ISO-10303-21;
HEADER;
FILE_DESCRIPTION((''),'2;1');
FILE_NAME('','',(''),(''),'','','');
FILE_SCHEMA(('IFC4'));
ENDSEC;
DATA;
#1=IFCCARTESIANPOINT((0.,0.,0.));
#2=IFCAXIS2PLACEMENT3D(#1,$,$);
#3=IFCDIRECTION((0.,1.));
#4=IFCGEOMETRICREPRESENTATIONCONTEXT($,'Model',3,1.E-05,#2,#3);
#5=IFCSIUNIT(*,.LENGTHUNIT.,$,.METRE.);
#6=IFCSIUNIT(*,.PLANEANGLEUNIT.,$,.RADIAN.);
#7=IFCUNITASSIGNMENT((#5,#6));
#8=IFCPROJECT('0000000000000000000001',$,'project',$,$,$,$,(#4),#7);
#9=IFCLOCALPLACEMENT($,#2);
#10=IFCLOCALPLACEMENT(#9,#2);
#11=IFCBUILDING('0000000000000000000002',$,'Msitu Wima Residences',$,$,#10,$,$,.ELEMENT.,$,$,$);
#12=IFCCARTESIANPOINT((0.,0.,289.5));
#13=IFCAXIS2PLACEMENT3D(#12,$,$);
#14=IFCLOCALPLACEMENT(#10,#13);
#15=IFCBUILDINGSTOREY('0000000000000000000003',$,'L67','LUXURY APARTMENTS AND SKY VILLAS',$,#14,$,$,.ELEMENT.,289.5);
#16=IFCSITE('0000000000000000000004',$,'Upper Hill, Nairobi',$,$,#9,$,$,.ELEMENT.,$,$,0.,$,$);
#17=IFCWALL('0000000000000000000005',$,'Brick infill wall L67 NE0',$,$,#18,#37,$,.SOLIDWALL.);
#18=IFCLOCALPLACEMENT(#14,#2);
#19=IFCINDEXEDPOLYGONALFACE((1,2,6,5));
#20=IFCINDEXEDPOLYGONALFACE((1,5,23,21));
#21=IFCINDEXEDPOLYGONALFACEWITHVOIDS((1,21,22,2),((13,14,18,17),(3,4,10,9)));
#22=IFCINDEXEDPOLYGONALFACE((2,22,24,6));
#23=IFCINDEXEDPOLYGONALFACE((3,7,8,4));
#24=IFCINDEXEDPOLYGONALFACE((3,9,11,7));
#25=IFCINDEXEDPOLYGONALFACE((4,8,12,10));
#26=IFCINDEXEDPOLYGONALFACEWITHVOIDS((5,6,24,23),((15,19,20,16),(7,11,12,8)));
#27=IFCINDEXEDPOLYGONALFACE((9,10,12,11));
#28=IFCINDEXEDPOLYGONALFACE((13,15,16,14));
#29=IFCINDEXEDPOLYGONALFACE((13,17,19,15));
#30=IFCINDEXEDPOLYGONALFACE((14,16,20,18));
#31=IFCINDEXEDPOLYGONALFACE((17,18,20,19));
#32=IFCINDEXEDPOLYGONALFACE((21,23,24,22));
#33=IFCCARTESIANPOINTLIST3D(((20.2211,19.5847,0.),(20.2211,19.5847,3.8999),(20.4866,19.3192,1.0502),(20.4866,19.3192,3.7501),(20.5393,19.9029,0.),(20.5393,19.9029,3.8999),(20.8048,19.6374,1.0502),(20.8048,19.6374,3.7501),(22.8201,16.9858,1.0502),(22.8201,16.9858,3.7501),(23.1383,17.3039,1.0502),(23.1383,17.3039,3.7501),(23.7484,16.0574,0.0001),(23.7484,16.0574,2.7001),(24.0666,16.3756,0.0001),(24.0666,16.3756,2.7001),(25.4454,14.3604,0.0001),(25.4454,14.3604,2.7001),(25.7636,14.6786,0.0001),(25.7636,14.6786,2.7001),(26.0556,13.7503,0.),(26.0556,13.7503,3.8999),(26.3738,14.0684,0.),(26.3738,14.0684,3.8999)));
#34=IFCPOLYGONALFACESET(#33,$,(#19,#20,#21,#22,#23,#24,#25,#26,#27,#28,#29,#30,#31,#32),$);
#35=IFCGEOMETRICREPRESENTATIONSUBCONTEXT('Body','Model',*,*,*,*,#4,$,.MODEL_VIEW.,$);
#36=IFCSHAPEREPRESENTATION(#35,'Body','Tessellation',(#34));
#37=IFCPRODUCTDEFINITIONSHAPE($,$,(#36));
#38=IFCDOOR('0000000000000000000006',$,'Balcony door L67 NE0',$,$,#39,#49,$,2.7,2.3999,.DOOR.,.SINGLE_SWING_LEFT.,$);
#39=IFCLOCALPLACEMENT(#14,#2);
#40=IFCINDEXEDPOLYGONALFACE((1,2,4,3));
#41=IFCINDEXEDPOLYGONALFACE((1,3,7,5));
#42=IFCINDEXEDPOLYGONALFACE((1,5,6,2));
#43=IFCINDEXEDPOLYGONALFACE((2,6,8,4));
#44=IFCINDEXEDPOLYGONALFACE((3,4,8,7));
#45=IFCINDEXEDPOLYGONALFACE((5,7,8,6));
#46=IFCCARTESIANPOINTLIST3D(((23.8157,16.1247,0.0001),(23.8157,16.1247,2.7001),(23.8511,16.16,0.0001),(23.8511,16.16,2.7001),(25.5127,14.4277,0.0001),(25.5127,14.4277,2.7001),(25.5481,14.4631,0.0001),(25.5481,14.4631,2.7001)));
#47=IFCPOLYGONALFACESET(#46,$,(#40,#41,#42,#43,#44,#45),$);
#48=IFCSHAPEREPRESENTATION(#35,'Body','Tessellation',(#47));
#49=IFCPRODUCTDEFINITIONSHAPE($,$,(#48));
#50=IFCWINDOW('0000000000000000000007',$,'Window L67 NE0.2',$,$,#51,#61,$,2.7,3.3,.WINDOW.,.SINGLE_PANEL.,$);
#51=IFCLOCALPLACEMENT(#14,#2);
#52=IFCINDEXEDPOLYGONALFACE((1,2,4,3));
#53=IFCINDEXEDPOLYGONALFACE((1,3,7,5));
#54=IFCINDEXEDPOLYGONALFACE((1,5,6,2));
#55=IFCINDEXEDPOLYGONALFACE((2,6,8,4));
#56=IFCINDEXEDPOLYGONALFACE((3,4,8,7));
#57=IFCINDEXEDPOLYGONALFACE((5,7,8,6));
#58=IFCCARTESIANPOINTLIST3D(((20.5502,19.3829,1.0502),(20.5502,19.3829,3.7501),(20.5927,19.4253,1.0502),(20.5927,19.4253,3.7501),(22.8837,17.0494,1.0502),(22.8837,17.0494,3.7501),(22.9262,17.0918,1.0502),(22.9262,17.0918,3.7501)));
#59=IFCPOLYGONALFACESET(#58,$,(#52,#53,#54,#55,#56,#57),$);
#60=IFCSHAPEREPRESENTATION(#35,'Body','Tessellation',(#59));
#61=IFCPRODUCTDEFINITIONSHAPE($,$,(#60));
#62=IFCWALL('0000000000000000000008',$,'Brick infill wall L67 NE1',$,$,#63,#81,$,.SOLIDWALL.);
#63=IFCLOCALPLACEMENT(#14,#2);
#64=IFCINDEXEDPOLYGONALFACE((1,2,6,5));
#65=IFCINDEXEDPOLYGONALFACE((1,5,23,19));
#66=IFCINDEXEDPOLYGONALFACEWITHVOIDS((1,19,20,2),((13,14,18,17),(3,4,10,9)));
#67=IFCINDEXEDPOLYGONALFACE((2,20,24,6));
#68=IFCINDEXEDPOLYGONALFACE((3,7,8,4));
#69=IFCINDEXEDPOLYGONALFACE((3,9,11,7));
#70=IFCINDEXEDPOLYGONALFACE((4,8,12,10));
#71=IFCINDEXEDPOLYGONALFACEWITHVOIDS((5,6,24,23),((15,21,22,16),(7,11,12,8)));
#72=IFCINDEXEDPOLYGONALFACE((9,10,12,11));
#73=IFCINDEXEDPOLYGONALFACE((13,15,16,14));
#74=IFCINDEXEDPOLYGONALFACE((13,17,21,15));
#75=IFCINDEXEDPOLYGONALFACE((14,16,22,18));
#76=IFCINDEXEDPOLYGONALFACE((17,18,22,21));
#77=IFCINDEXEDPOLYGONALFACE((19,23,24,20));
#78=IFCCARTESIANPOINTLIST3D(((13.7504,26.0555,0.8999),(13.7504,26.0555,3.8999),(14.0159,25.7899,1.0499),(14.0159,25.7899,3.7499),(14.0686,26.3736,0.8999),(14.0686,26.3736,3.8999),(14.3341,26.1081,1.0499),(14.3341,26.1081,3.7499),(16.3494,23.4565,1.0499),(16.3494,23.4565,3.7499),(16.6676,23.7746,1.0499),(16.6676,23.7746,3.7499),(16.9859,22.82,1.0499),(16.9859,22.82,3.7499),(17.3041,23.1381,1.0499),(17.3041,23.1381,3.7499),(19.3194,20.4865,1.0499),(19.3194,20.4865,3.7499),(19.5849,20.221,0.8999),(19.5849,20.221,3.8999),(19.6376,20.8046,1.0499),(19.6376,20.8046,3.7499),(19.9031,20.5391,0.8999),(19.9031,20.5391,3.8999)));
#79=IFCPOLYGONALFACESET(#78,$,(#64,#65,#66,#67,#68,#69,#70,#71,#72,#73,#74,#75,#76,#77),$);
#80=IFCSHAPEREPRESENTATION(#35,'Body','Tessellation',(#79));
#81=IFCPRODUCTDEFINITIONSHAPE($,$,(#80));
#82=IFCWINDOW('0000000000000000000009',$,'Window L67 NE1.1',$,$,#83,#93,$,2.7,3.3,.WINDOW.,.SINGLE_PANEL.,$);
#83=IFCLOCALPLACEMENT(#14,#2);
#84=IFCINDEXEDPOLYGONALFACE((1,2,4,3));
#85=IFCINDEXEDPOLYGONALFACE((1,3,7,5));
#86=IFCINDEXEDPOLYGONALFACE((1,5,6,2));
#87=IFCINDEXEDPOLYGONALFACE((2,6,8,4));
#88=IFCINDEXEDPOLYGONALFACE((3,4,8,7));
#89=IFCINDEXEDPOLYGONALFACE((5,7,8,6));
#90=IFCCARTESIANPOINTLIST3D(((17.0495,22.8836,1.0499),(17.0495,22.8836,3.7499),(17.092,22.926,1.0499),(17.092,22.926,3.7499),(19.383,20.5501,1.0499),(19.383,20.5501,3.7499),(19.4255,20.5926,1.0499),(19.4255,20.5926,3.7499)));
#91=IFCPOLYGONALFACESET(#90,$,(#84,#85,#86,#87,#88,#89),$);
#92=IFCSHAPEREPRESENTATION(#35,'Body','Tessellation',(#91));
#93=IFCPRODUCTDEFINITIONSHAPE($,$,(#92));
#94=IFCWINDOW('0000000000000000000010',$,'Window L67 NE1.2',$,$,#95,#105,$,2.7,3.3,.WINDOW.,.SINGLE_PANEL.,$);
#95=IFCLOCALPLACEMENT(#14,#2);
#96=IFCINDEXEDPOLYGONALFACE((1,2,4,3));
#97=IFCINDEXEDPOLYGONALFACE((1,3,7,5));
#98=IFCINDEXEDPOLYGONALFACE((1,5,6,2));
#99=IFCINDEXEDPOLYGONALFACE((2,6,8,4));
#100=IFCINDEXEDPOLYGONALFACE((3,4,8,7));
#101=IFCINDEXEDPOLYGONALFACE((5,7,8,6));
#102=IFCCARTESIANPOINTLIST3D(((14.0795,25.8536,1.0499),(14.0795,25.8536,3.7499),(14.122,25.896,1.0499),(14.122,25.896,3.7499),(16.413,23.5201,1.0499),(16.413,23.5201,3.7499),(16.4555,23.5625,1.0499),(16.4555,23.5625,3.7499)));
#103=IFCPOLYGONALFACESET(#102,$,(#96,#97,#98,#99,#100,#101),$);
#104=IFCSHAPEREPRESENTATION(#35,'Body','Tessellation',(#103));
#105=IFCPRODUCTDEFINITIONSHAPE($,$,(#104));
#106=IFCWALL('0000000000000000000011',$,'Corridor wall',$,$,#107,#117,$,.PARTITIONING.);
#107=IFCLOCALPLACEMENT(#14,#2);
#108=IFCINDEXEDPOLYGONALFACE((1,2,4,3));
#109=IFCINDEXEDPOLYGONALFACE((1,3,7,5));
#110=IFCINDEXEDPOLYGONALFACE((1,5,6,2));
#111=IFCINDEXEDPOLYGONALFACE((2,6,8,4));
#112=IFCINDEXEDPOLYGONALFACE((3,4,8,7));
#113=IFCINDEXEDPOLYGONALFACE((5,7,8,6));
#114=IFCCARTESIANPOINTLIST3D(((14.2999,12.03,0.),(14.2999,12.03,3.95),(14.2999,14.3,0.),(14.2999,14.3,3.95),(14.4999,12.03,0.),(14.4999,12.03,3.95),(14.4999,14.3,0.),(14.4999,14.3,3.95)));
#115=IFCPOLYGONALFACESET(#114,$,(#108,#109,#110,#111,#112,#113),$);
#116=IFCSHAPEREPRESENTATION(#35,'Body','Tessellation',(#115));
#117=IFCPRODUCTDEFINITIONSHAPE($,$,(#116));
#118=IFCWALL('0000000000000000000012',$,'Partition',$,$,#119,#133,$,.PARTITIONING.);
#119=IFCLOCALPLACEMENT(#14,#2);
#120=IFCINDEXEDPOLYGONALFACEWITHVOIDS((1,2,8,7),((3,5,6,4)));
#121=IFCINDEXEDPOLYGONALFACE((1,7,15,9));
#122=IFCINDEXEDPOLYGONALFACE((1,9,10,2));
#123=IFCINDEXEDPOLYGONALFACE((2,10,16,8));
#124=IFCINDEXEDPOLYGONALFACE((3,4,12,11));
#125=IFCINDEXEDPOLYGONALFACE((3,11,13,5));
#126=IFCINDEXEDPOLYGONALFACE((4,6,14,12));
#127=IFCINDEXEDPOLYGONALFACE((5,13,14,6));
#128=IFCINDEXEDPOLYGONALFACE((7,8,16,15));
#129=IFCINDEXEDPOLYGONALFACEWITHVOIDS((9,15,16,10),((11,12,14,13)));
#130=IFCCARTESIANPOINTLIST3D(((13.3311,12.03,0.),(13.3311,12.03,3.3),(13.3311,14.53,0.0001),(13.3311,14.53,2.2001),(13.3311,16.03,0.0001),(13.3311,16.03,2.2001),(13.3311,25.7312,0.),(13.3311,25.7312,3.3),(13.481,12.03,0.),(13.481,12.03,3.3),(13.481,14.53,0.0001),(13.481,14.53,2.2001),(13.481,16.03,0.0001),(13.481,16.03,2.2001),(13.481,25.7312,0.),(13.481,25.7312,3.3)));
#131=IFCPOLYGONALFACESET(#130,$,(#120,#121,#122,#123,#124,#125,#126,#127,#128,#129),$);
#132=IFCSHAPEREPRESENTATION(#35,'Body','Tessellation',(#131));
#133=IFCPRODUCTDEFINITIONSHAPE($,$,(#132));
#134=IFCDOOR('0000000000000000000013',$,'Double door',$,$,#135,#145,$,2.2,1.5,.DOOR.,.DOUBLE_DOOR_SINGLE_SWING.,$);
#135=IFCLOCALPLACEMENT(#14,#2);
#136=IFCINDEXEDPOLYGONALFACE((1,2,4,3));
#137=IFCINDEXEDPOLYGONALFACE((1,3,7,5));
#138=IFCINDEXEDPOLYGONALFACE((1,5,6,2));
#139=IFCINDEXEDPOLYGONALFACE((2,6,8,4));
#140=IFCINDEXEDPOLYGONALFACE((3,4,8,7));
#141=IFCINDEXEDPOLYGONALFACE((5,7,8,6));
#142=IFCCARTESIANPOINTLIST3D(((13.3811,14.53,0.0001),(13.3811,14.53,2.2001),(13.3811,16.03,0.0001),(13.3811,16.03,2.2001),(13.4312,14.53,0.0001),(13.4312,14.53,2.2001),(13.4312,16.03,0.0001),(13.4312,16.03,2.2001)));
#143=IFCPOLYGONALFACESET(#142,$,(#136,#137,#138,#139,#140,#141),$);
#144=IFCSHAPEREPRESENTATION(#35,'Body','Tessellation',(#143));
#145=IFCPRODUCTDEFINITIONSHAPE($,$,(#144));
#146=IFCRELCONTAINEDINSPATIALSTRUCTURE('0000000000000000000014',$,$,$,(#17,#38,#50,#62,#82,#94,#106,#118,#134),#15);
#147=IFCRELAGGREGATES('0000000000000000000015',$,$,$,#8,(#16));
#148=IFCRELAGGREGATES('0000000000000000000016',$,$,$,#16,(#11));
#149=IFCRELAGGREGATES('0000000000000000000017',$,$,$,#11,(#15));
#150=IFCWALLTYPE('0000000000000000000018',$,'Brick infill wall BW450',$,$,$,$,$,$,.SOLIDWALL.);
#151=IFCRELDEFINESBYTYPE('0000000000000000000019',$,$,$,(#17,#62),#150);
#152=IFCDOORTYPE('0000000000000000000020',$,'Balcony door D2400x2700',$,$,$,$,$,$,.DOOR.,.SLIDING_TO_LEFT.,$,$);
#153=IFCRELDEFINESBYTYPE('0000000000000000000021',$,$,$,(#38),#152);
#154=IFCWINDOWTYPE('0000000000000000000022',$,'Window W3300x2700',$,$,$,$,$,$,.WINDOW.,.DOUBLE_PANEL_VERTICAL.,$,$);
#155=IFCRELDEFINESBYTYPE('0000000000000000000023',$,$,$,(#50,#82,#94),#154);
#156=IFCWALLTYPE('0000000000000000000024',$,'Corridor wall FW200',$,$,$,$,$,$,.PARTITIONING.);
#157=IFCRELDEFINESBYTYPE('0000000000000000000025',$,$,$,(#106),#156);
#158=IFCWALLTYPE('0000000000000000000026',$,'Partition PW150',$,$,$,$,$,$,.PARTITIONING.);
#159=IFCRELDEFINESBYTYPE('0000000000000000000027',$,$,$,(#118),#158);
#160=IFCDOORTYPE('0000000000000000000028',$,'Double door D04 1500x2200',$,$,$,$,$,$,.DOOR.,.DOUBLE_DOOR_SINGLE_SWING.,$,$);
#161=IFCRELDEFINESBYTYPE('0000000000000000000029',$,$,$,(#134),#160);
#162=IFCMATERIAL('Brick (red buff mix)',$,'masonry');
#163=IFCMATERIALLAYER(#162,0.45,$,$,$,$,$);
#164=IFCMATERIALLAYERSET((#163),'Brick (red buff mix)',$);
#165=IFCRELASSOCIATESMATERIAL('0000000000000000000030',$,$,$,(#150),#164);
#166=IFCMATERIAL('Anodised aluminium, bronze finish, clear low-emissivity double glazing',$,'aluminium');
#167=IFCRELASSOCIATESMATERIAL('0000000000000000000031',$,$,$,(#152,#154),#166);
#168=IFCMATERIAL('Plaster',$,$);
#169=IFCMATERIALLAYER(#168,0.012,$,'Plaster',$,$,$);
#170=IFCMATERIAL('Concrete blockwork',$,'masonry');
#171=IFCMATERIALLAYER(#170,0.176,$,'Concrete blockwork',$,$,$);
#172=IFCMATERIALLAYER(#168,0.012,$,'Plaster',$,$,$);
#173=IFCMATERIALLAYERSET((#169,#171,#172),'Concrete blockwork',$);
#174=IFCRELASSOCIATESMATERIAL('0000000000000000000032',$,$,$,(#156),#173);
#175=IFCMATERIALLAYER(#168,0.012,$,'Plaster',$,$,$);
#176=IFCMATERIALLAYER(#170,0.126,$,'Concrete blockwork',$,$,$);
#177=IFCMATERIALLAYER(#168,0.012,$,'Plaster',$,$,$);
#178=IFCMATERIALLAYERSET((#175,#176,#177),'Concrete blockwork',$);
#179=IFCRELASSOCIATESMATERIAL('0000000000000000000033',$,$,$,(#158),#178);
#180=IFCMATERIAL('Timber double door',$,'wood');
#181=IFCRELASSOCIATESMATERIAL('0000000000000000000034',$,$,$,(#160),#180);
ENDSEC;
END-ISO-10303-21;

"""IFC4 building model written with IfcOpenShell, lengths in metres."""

from ifc_helpers import new_model, si_unit, direction, frame, frame_2d, origin, place, context, subcontext, project, spatial, rectangle, extrude, material, layer, layer_set, type_object, element, fill, save


model = new_model("IFC4")

# Units and contexts
model_context = context("Model", 3, precision=1e-05, world=origin(), true_north=direction((0.0, 1.0)))
body_context = subcontext(model_context, "Body", "Model", "MODEL_VIEW")
ifc_project = project(units=[si_unit("LENGTHUNIT", "METRE"), si_unit("PLANEANGLEUNIT", "RADIAN")], contexts=[model_context])

# Site, building, storey
site_placement = place(None, origin())
site = spatial("IfcSite", under=ifc_project, at=site_placement, Name="Upper Hill, Nairobi", CompositionType="ELEMENT", RefElevation=0.0)
building_placement = place(site_placement, origin())
building = spatial("IfcBuilding", under=site, at=building_placement, Name="Msitu Wima Residences", CompositionType="ELEMENT")
storey_placement = place(building_placement, frame((0.0, 0.0, 289.5)))
storey = spatial("IfcBuildingStorey", under=building, at=storey_placement, Name="L67", Description="LUXURY APARTMENTS AND SKY VILLAS", CompositionType="ELEMENT", Elevation=289.5)

# Wall, openings, door, window
ifc_material_1 = material(Name="Brick (red buff mix)", Category="masonry")
ifc_layer_1 = layer(ifc_material_1, 0.45)
ifc_layer_set_1 = layer_set([ifc_layer_1], Name="Brick (red buff mix)")
wall_type_1 = type_object("IfcWallType", Name="Brick infill wall BW450", PredefinedType="SOLIDWALL", material=ifc_layer_set_1)
wall_1_placement = place(storey_placement, frame((26.2146, 13.9094, 0.0), z_axis=(0.0, 0.0, 1.0), x_axis=(-0.707107, 0.707107, 0.0)))
wall_1 = element("IfcWall", 1, at=wall_1_placement, inside=storey, type_object=wall_type_1, Name="Brick infill wall L67 NE0", PredefinedType="SOLIDWALL", context=body_context, shape_type="SweptSolid", body=[
    extrude(rectangle(XDim=8.2512, YDim=0.45, at=frame_2d((4.1255, 0.0))), origin(), (0.0, 0.0, 1.0), 3.8999),
])
opening_1_placement = place(wall_1_placement, frame((0.8628, 0.0, 0.0)))
opening_1 = element("IfcOpeningElement", 2, at=opening_1_placement, cuts=wall_1, PredefinedType="OPENING", context=body_context, shape_type="SweptSolid", body=[
    extrude(rectangle(XDim=2.3999, YDim=2.7, at=frame_2d((1.2, 1.3501))), frame((0.0, 0.2349, 0.0), z_axis=(0.0, -1.0, 0.0), x_axis=(1.0, 0.0, 0.0)), (0.0, 0.0, 1.0), 0.47),
])
opening_2_placement = place(wall_1_placement, frame((4.5757, 0.0, 1.05)))
opening_2 = element("IfcOpeningElement", 3, at=opening_2_placement, cuts=wall_1, PredefinedType="OPENING", context=body_context, shape_type="SweptSolid", body=[
    extrude(rectangle(XDim=3.3, YDim=2.7, at=frame_2d((1.6499, 1.3501))), frame((0.0, 0.2349, 0.0), z_axis=(0.0, -1.0, 0.0), x_axis=(1.0, 0.0, 0.0)), (0.0, 0.0, 1.0), 0.47),
])
ifc_material_2 = material(Name="Anodised aluminium, bronze finish, clear low-emissivity double glazing", Category="aluminium")
door_type_1 = type_object("IfcDoorType", Name="Balcony door D2400x2700", OperationType="SLIDING_TO_LEFT", PredefinedType="DOOR", material=ifc_material_2)
door_1_placement = place(opening_1_placement, origin())
door_1 = element("IfcDoor", 4, at=door_1_placement, inside=storey, type_object=door_type_1, Name="Balcony door L67 NE0", OperationType="SINGLE_SWING_LEFT", OverallHeight=2.7, OverallWidth=2.3999, PredefinedType="DOOR", context=body_context, shape_type="SweptSolid", body=[
    extrude(rectangle(XDim=2.3999, YDim=2.7, at=frame_2d((1.2, 1.3501))), frame((0.0, 0.1299, 0.0), z_axis=(0.0, -1.0, 0.0), x_axis=(1.0, 0.0, 0.0)), (0.0, 0.0, 1.0), 0.05),
])
fill(opening_1, door_1)
window_type = type_object("IfcWindowType", Name="Window W3300x2700", PartitioningType="DOUBLE_PANEL_VERTICAL", PredefinedType="WINDOW", material=ifc_material_2)
window_1_placement = place(opening_2_placement, origin())
window_1 = element("IfcWindow", 5, at=window_1_placement, inside=storey, type_object=window_type, Name="Window L67 NE0.2", OverallHeight=2.7, OverallWidth=3.3, PartitioningType="SINGLE_PANEL", PredefinedType="WINDOW", context=body_context, shape_type="SweptSolid", body=[
    extrude(rectangle(XDim=3.3, YDim=2.7, at=frame_2d((1.6499, 1.3501))), frame((0.0, 0.135, 0.0), z_axis=(0.0, -1.0, 0.0), x_axis=(1.0, 0.0, 0.0)), (0.0, 0.0, 1.0), 0.0601),
])
fill(opening_2, window_1)

# Wall, openings, windows
wall_2_placement = place(storey_placement, frame((19.7439, 20.3801, 0.8999), z_axis=(0.0, 0.0, 1.0), x_axis=(-0.707107, 0.707107, 0.0)))
wall_2 = element("IfcWall", 6, at=wall_2_placement, inside=storey, type_object=wall_type_1, Name="Brick infill wall L67 NE1", PredefinedType="SOLIDWALL", context=body_context, shape_type="SweptSolid", body=[
    extrude(rectangle(XDim=8.2512, YDim=0.45, at=frame_2d((4.1255, 0.0))), origin(), (0.0, 0.0, 1.0), 3.0),
])
opening_3_placement = place(wall_2_placement, frame((0.3755, 0.0, 0.1499)))
opening_3 = element("IfcOpeningElement", 7, at=opening_3_placement, cuts=wall_2, PredefinedType="OPENING", context=body_context, shape_type="SweptSolid", body=[
    extrude(rectangle(XDim=3.3, YDim=2.7, at=frame_2d((1.6499, 1.3501))), frame((0.0, 0.2349, 0.0), z_axis=(0.0, -1.0, 0.0), x_axis=(1.0, 0.0, 0.0)), (0.0, 0.0, 1.0), 0.47),
])
opening_4_placement = place(wall_2_placement, frame((4.5757, 0.0, 0.1499)))
opening_4 = element("IfcOpeningElement", 8, at=opening_4_placement, cuts=wall_2, PredefinedType="OPENING", context=body_context, shape_type="SweptSolid", body=[
    extrude(rectangle(XDim=3.3, YDim=2.7, at=frame_2d((1.6499, 1.3501))), frame((0.0, 0.2349, 0.0), z_axis=(0.0, -1.0, 0.0), x_axis=(1.0, 0.0, 0.0)), (0.0, 0.0, 1.0), 0.47),
])
window_2_placement = place(opening_3_placement, origin())
window_2 = element("IfcWindow", 9, at=window_2_placement, inside=storey, type_object=window_type, Name="Window L67 NE1.1", OverallHeight=2.7, OverallWidth=3.3, PartitioningType="SINGLE_PANEL", PredefinedType="WINDOW", context=body_context, shape_type="SweptSolid", body=[
    extrude(rectangle(XDim=3.3, YDim=2.7, at=frame_2d((1.6499, 1.3501))), frame((0.0, 0.135, 0.0), z_axis=(0.0, -1.0, 0.0), x_axis=(1.0, 0.0, 0.0)), (0.0, 0.0, 1.0), 0.0601),
])
fill(opening_3, window_2)
window_3_placement = place(opening_4_placement, origin())
window_3 = element("IfcWindow", 10, at=window_3_placement, inside=storey, type_object=window_type, Name="Window L67 NE1.2", OverallHeight=2.7, OverallWidth=3.3, PartitioningType="SINGLE_PANEL", PredefinedType="WINDOW", context=body_context, shape_type="SweptSolid", body=[
    extrude(rectangle(XDim=3.3, YDim=2.7, at=frame_2d((1.6499, 1.3501))), frame((0.0, 0.135, 0.0), z_axis=(0.0, -1.0, 0.0), x_axis=(1.0, 0.0, 0.0)), (0.0, 0.0, 1.0), 0.0601),
])
fill(opening_4, window_3)

# Wall
ifc_material_3 = material(Name="Plaster")
ifc_layer_2 = layer(ifc_material_3, 0.012, Name="Plaster")
ifc_material_4 = material(Name="Concrete blockwork", Category="masonry")
ifc_layer_3 = layer(ifc_material_4, 0.176, Name="Concrete blockwork")
ifc_layer_4 = layer(ifc_material_3, 0.012, Name="Plaster")
ifc_layer_set_2 = layer_set([ifc_layer_2, ifc_layer_3, ifc_layer_4], Name="Concrete blockwork")
wall_type_2 = type_object("IfcWallType", Name="Corridor wall FW200", PredefinedType="PARTITIONING", material=ifc_layer_set_2)
wall_3_placement = place(storey_placement, frame((14.3999, 12.03, 0.0), z_axis=(0.0, 0.0, 1.0), x_axis=(0.0, 1.0, 0.0)))
element("IfcWall", 11, at=wall_3_placement, inside=storey, type_object=wall_type_2, Name="Corridor wall", PredefinedType="PARTITIONING", context=body_context, shape_type="SweptSolid", body=[
    extrude(rectangle(XDim=2.27, YDim=0.2, at=frame_2d((1.135, 0.0))), origin(), (0.0, 0.0, 1.0), 3.95),
])

# Wall, opening, door
ifc_layer_5 = layer(ifc_material_3, 0.012, Name="Plaster")
ifc_layer_6 = layer(ifc_material_4, 0.126, Name="Concrete blockwork")
ifc_layer_7 = layer(ifc_material_3, 0.012, Name="Plaster")
ifc_layer_set_3 = layer_set([ifc_layer_5, ifc_layer_6, ifc_layer_7], Name="Concrete blockwork")
wall_type_3 = type_object("IfcWallType", Name="Partition PW150", PredefinedType="PARTITIONING", material=ifc_layer_set_3)
wall_4_placement = place(storey_placement, frame((13.406, 12.03, 0.0), z_axis=(0.0, 0.0, 1.0), x_axis=(0.0, 1.0, 0.0)))
wall_4 = element("IfcWall", 12, at=wall_4_placement, inside=storey, type_object=wall_type_3, Name="Partition", PredefinedType="PARTITIONING", context=body_context, shape_type="SweptSolid", body=[
    extrude(rectangle(XDim=13.7012, YDim=0.1499, at=frame_2d((6.8506, 0.0))), origin(), (0.0, 0.0, 1.0), 3.3),
])
opening_5_placement = place(wall_4_placement, frame((2.5, 0.0, 0.0)))
opening_5 = element("IfcOpeningElement", 13, at=opening_5_placement, cuts=wall_4, PredefinedType="OPENING", context=body_context, shape_type="SweptSolid", body=[
    extrude(rectangle(XDim=1.5, YDim=2.2, at=frame_2d((0.75, 1.1001))), frame((0.0, 0.085, 0.0), z_axis=(0.0, -1.0, 0.0), x_axis=(1.0, 0.0, 0.0)), (0.0, 0.0, 1.0), 0.1699),
])
ifc_material_5 = material(Name="Timber double door", Category="wood")
door_type_2 = type_object("IfcDoorType", Name="Double door D04 1500x2200", OperationType="DOUBLE_DOOR_SINGLE_SWING", PredefinedType="DOOR", material=ifc_material_5)
door_2_placement = place(opening_5_placement, origin())
door_2 = element("IfcDoor", 14, at=door_2_placement, inside=storey, type_object=door_type_2, Name="Double door", OperationType="DOUBLE_DOOR_SINGLE_SWING", OverallHeight=2.2, OverallWidth=1.5, PredefinedType="DOOR", context=body_context, shape_type="SweptSolid", body=[
    extrude(rectangle(XDim=1.5, YDim=2.2, at=frame_2d((0.75, 1.1001))), frame((0.0, 0.0249, 0.0), z_axis=(0.0, -1.0, 0.0), x_axis=(1.0, 0.0, 0.0)), (0.0, 0.0, 1.0), 0.05),
])
fill(opening_5, door_2)

save(model, "model.ifc")
